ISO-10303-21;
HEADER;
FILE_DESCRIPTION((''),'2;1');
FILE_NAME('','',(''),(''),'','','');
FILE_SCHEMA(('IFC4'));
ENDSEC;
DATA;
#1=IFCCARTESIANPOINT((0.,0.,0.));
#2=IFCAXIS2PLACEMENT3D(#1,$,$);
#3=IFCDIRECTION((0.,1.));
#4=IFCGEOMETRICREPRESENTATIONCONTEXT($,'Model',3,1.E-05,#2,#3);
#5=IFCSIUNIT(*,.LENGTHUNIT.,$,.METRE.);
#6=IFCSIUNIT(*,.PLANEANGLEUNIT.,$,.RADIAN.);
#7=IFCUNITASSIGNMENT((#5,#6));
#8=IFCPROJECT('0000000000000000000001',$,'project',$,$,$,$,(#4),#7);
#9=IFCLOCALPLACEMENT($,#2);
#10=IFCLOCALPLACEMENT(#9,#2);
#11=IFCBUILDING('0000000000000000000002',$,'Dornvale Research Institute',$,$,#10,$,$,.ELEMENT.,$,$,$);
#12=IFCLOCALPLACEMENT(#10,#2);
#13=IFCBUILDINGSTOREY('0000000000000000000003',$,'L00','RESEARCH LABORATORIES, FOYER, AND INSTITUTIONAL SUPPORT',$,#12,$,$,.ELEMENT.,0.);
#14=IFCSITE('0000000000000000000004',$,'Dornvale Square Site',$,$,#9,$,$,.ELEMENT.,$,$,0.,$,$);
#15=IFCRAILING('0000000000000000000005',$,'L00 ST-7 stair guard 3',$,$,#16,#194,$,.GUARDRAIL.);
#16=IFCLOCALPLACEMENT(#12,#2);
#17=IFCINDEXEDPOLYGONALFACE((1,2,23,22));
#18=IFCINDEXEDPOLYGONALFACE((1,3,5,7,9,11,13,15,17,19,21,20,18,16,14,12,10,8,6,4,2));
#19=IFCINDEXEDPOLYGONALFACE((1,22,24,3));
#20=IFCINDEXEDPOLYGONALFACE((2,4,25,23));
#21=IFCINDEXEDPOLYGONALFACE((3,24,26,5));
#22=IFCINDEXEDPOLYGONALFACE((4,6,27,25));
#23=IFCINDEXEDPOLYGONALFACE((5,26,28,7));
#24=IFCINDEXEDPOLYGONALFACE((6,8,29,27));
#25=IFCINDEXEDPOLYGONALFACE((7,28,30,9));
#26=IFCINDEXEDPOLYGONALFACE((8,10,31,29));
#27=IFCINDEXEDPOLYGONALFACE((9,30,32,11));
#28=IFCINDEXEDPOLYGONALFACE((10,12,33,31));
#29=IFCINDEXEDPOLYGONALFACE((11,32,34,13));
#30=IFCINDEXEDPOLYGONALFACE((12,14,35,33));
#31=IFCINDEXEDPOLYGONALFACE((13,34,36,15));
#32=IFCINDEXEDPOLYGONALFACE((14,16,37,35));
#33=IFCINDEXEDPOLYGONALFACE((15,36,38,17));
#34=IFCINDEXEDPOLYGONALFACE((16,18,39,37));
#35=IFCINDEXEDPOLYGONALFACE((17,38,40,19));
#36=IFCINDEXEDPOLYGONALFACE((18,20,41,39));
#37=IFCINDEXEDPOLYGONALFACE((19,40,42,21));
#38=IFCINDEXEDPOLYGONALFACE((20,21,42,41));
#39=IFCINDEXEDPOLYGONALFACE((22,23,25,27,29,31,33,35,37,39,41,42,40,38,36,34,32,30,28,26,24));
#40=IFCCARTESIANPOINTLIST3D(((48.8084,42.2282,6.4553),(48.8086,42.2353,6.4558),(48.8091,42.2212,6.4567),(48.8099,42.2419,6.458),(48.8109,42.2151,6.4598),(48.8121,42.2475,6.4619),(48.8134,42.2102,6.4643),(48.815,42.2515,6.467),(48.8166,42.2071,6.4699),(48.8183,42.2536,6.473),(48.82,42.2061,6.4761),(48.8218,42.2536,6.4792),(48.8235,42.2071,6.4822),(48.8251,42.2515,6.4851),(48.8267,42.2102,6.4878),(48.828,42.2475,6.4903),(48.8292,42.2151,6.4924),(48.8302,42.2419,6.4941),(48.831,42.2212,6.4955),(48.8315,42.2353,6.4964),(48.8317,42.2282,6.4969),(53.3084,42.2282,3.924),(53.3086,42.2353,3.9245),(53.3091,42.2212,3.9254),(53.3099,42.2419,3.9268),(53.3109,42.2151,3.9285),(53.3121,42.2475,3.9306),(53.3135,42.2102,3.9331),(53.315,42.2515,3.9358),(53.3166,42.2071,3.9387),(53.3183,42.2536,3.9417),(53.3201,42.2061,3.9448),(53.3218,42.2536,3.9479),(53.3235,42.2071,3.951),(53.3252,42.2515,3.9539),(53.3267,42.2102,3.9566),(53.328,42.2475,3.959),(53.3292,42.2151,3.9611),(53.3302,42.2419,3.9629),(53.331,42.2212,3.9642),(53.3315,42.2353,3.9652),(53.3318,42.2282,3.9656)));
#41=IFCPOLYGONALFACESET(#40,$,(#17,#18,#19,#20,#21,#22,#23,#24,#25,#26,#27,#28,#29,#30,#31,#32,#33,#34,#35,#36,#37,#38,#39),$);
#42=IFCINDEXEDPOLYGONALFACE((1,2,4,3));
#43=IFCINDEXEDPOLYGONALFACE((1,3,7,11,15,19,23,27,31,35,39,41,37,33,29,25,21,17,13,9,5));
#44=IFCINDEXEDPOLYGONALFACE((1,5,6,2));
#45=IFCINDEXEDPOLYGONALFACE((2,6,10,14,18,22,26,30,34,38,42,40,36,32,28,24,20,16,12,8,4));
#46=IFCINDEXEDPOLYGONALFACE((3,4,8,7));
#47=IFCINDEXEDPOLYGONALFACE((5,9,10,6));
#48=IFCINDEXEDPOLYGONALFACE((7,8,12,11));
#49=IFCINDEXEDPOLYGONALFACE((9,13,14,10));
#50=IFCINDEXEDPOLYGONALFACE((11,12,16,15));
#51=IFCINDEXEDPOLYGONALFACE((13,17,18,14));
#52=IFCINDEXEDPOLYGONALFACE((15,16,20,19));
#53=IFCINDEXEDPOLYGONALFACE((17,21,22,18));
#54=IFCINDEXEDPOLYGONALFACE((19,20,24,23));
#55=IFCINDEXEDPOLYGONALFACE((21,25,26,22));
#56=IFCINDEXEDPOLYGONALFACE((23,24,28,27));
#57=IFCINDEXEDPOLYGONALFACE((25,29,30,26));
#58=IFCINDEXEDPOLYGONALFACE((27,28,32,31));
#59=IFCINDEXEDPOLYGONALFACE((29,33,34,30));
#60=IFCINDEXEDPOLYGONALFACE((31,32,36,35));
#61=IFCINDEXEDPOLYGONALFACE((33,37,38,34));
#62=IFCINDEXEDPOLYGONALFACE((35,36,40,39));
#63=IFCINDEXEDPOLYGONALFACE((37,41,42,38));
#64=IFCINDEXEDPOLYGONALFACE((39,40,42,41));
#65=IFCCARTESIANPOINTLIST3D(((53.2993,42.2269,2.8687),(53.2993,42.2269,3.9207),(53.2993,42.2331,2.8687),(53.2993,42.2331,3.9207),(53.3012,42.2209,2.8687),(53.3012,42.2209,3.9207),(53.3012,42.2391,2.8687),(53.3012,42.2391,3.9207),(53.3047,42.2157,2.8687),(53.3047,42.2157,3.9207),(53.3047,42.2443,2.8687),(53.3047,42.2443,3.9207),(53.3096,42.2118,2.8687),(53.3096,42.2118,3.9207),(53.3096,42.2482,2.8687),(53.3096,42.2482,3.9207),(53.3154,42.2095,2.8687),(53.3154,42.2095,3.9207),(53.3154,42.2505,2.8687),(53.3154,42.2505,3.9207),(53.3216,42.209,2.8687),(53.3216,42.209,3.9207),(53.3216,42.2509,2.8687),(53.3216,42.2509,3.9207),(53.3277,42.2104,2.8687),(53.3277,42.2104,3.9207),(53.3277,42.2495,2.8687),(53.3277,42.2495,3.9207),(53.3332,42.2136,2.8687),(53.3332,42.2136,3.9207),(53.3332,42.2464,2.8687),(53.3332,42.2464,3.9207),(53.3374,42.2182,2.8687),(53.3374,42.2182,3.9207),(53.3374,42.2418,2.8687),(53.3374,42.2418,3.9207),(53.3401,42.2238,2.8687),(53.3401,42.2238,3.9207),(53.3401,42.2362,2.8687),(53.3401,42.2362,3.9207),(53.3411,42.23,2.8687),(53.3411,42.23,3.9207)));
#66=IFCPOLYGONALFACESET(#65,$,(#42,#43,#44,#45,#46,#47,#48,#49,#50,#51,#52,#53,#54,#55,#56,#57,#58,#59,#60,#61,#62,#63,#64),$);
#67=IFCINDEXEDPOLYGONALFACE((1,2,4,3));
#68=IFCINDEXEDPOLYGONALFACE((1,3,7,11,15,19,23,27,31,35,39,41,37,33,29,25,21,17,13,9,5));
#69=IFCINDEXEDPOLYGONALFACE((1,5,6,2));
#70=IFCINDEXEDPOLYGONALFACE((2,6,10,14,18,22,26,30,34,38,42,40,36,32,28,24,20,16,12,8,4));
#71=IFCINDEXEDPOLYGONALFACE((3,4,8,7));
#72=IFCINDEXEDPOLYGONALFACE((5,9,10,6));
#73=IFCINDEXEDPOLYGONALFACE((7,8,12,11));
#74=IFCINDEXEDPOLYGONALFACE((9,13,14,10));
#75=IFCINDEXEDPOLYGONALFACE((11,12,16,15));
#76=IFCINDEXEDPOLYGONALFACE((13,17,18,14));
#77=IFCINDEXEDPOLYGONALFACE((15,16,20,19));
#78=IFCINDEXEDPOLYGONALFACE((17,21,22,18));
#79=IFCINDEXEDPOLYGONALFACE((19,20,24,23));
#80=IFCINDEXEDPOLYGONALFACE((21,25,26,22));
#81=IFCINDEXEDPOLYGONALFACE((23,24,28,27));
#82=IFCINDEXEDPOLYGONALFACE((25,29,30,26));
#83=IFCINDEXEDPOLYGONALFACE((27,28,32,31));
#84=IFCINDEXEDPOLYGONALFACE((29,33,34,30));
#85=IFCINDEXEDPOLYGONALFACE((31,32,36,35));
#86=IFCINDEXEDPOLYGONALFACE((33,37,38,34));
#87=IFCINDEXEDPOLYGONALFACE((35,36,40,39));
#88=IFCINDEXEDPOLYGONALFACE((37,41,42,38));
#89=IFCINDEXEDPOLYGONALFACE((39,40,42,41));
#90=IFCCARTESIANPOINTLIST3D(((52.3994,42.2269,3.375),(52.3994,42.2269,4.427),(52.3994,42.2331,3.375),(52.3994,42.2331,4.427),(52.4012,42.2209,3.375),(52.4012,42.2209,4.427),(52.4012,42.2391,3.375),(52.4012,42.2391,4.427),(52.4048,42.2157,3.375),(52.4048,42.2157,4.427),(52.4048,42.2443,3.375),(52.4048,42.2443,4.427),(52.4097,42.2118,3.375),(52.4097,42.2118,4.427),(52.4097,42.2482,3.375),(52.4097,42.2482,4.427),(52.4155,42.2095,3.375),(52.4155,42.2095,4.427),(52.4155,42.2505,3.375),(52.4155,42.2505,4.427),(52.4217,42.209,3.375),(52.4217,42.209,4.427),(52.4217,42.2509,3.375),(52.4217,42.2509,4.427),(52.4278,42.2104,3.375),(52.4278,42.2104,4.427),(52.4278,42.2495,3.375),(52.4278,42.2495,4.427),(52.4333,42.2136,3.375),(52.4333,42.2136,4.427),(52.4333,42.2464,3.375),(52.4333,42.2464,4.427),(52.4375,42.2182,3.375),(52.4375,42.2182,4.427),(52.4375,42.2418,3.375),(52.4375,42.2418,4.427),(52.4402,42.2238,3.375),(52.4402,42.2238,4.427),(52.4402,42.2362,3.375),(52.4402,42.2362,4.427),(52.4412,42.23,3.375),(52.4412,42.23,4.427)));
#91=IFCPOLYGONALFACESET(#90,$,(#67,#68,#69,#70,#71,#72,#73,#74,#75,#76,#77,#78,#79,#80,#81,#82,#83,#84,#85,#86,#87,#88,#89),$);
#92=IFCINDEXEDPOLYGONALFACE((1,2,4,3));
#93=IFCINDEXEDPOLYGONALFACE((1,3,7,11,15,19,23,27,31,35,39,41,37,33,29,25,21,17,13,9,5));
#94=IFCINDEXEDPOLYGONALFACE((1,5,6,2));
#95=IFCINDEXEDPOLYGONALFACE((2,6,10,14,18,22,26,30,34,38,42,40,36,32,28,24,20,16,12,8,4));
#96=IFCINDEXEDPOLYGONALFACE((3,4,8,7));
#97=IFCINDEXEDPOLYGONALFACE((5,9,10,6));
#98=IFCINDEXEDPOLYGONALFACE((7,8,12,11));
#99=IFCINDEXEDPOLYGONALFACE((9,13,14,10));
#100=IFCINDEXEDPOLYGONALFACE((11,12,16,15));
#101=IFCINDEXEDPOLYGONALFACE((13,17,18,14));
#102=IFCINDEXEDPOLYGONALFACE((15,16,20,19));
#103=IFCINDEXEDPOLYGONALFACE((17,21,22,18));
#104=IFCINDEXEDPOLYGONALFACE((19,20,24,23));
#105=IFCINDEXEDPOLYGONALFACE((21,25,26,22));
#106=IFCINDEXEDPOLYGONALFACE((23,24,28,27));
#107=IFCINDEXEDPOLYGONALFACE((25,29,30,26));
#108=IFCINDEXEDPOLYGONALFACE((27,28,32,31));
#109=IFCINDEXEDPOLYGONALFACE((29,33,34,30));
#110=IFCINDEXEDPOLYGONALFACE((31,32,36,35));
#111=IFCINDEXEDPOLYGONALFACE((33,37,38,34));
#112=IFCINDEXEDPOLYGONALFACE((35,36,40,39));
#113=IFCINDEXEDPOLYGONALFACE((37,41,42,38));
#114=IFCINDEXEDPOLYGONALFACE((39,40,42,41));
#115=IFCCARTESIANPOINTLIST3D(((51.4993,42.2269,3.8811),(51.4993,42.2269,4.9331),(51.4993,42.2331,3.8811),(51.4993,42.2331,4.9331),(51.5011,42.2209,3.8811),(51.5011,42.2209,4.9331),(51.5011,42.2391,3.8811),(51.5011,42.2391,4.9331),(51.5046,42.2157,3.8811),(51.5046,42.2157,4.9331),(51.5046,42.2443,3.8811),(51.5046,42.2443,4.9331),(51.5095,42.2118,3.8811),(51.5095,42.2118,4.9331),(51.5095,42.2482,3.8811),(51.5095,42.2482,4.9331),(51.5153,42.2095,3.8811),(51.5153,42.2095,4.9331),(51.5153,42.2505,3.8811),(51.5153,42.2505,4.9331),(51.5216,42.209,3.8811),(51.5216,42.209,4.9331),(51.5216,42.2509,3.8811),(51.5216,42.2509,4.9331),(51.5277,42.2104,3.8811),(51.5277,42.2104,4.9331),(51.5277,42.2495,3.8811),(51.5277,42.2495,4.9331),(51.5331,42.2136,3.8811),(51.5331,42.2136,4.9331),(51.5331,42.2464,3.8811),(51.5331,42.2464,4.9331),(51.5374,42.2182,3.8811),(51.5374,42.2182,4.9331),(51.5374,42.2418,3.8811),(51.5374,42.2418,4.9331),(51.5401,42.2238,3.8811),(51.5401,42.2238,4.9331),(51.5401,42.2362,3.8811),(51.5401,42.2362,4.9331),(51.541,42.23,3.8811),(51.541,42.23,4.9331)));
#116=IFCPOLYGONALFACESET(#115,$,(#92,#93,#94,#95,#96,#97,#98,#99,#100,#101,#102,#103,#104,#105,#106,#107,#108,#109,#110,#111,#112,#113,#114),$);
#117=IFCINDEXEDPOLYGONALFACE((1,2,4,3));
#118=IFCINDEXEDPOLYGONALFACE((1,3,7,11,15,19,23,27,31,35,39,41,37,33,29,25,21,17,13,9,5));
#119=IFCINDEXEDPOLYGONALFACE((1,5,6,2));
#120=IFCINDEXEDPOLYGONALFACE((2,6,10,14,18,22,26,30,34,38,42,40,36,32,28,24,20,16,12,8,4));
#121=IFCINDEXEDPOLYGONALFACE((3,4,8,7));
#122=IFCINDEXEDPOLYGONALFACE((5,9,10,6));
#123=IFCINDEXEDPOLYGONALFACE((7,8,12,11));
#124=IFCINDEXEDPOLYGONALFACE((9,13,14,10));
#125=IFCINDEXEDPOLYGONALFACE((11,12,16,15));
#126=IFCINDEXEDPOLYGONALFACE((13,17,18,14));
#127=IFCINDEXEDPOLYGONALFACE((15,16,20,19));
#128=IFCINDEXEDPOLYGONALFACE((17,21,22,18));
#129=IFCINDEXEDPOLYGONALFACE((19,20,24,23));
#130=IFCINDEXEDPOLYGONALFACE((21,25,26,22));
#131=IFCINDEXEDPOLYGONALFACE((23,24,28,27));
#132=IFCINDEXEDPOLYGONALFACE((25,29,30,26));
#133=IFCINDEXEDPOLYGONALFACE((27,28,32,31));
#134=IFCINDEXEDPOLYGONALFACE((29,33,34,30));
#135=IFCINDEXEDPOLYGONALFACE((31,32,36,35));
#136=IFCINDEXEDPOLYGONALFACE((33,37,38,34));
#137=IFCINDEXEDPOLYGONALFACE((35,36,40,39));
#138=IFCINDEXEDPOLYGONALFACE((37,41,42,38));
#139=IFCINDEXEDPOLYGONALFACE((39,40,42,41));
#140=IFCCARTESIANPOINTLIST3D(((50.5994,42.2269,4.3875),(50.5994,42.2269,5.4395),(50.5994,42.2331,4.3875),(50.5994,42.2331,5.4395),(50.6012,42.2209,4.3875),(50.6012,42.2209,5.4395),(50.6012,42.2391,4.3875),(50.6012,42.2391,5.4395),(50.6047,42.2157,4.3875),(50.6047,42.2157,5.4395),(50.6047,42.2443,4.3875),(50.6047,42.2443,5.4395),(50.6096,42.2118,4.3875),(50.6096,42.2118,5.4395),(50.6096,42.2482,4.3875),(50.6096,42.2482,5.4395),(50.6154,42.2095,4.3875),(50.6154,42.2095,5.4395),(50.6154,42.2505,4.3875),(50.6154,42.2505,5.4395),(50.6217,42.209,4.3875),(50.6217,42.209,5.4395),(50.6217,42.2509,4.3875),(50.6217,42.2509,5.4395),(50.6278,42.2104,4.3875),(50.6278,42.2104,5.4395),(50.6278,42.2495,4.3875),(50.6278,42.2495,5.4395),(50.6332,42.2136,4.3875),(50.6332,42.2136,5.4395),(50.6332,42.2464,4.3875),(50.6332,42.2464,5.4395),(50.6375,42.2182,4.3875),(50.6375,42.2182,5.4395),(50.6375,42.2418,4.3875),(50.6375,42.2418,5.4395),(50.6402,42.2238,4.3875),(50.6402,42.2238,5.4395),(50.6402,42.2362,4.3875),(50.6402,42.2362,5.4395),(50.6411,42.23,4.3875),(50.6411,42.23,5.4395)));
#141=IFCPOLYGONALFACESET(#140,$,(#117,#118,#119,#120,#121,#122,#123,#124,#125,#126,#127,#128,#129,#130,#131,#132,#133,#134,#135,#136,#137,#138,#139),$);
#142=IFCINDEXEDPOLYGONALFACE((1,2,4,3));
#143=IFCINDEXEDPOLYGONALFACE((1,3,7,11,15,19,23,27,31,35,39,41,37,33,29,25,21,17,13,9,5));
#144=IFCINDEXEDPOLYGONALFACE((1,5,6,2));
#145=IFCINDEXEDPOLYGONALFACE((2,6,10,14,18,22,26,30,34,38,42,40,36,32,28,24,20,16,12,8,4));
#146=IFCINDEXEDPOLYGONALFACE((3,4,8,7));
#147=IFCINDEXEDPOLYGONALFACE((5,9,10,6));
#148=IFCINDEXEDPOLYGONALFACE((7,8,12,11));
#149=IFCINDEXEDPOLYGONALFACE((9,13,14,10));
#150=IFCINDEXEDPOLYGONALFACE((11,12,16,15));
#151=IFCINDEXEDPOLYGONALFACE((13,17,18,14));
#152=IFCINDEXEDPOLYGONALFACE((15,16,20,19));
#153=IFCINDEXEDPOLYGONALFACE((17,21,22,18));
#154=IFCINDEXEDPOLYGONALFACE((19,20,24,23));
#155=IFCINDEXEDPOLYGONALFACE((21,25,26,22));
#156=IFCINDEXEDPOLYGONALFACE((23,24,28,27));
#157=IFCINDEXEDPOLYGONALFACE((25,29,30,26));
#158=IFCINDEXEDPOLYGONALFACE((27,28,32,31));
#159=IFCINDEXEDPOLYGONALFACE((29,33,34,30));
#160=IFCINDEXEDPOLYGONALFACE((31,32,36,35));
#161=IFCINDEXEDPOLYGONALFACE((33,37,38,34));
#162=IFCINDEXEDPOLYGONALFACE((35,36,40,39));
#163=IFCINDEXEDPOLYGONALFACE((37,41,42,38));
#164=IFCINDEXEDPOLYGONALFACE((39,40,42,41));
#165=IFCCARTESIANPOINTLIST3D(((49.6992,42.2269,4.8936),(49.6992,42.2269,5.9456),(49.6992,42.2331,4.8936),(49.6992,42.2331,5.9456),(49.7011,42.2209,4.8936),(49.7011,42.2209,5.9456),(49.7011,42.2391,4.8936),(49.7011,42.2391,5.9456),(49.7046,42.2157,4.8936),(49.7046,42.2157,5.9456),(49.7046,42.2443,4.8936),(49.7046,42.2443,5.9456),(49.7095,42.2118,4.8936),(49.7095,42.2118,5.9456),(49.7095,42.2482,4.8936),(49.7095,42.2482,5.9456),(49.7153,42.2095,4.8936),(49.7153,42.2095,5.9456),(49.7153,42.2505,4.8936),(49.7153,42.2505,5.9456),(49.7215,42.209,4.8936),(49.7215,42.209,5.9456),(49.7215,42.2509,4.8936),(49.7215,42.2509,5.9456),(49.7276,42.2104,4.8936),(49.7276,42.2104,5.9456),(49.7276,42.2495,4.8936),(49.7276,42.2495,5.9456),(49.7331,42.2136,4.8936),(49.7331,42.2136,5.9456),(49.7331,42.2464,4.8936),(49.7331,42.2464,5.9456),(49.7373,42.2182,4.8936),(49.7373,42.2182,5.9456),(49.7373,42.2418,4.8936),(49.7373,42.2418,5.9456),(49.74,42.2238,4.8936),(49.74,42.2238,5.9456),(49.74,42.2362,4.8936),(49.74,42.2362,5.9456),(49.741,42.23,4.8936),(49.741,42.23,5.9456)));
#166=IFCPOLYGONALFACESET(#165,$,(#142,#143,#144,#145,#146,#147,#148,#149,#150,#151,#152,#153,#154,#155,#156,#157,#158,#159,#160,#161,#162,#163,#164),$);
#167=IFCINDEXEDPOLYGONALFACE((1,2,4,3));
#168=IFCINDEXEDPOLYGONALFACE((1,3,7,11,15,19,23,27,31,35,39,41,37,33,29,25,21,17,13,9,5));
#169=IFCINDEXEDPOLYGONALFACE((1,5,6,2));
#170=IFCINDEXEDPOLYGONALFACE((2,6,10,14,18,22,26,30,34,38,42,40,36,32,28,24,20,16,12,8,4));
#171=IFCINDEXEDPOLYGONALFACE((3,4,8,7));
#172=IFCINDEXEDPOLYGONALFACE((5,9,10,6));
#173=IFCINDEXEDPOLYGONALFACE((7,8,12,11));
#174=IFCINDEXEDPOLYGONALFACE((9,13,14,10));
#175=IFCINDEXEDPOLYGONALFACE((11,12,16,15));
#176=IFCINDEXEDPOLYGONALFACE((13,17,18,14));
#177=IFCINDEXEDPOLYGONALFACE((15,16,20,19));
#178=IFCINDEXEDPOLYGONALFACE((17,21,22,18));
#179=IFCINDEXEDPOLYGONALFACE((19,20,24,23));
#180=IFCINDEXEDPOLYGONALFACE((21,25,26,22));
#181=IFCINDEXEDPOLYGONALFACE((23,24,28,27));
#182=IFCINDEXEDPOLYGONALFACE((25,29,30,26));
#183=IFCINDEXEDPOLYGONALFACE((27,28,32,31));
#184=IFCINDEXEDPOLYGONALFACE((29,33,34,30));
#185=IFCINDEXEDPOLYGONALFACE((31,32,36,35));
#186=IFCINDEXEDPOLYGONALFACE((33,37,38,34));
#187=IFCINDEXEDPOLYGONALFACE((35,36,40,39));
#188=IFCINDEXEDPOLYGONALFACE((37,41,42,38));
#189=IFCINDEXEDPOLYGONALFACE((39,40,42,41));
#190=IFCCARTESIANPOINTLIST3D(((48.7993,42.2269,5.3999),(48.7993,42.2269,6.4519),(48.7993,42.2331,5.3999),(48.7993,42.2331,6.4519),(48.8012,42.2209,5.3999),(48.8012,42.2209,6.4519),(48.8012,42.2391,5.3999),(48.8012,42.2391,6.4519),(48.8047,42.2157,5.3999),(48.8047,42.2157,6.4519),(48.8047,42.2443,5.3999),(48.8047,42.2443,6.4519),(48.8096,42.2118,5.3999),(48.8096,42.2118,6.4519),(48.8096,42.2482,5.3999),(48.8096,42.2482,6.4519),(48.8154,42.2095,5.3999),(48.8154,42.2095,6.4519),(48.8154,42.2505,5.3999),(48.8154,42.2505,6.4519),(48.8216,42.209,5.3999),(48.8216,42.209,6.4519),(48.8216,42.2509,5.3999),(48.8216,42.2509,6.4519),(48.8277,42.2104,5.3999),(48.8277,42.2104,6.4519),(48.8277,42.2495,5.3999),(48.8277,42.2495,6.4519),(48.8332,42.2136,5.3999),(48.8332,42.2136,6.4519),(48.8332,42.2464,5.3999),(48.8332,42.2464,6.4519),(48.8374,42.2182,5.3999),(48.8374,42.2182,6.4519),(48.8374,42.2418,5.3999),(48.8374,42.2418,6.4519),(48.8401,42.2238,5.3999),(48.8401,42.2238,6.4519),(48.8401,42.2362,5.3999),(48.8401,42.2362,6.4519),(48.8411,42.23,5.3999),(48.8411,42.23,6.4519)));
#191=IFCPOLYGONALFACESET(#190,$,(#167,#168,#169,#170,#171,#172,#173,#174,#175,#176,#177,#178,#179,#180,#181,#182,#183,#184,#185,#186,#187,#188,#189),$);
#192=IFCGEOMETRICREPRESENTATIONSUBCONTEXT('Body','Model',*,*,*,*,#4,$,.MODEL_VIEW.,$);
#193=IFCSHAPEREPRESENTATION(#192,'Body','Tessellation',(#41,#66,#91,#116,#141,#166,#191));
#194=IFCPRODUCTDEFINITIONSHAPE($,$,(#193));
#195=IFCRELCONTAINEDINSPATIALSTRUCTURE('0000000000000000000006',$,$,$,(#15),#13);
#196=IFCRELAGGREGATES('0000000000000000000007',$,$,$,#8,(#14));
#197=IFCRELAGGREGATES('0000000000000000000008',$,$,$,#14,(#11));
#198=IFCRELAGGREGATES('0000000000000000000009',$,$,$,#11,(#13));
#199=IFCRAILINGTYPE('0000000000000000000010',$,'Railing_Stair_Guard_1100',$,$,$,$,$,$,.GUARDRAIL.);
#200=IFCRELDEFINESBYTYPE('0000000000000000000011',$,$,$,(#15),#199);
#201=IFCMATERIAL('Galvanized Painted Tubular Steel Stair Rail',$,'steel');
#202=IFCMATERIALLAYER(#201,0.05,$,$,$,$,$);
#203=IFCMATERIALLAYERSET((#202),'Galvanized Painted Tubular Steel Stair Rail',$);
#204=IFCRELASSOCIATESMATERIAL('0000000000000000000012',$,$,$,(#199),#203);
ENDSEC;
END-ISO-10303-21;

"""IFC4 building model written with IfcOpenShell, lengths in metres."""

from ifc_helpers import new_model, si_unit, direction, frame, origin, origin_2d, place, context, subcontext, project, spatial, circle, extrude, material, layer, layer_set, type_object, element, save


model = new_model("IFC4")

# Units and contexts
model_context = context("Model", 3, precision=1e-05, world=origin(), true_north=direction((0.0, 1.0)))
body_context = subcontext(model_context, "Body", "Model", "MODEL_VIEW")
ifc_project = project(units=[si_unit("LENGTHUNIT", "METRE"), si_unit("PLANEANGLEUNIT", "RADIAN")], contexts=[model_context])

# Site, building, storey
site_placement = place(None, origin())
site = spatial("IfcSite", under=ifc_project, at=site_placement, Name="Dornvale Square Site", CompositionType="ELEMENT", RefElevation=0.0)
building_placement = place(site_placement, origin())
building = spatial("IfcBuilding", under=site, at=building_placement, Name="Dornvale Research Institute", CompositionType="ELEMENT")
storey_placement = place(building_placement, origin())
storey = spatial("IfcBuildingStorey", under=building, at=storey_placement, Name="L00", Description="RESEARCH LABORATORIES, FOYER, AND INSTITUTIONAL SUPPORT", CompositionType="ELEMENT", Elevation=0.0)

# Railing
ifc_material_1 = material(Name="Galvanized Painted Tubular Steel Stair Rail", Category="steel")
ifc_layer_1 = layer(ifc_material_1, 0.05)
ifc_layer_set_1 = layer_set([ifc_layer_1], Name="Galvanized Painted Tubular Steel Stair Rail")
railing_type_1 = type_object("IfcRailingType", Name="Railing_Stair_Guard_1100", PredefinedType="GUARDRAIL", material=ifc_layer_set_1)
railing_1_placement = place(storey_placement, frame((53.3201, 42.23, 2.8687)))
element("IfcRailing", 1, at=railing_1_placement, inside=storey, type_object=railing_type_1, Name="L00 ST-7 stair guard 3", PredefinedType="GUARDRAIL", context=body_context, shape_type="SweptSolid", body=[
    extrude(circle(Radius=0.0239, at=origin_2d()), frame((0.0, 0.0, 1.0762), z_axis=(-0.871576, 0.0, 0.490261), x_axis=(0.0, -1.0, 0.0)), (0.0, 0.0, 1.0), 5.1631),
    extrude(circle(Radius=0.021, at=origin_2d()), origin(), (0.0, 0.0, 1.0), 1.052),
    extrude(circle(Radius=0.021, at=origin_2d()), frame((-0.8999, 0.0, 0.5063)), (0.0, 0.0, 1.0), 1.052),
    extrude(circle(Radius=0.021, at=origin_2d()), frame((-1.8, 0.0, 1.0125)), (0.0, 0.0, 1.0), 1.052),
    extrude(circle(Radius=0.021, at=origin_2d()), frame((-2.7, 0.0, 1.5188)), (0.0, 0.0, 1.0), 1.052),
    extrude(circle(Radius=0.021, at=origin_2d()), frame((-3.6001, 0.0, 2.0249)), (0.0, 0.0, 1.0), 1.052),
    extrude(circle(Radius=0.021, at=origin_2d()), frame((-4.5, 0.0, 2.5312)), (0.0, 0.0, 1.0), 1.052),
])

save(model, "model.ifc")
